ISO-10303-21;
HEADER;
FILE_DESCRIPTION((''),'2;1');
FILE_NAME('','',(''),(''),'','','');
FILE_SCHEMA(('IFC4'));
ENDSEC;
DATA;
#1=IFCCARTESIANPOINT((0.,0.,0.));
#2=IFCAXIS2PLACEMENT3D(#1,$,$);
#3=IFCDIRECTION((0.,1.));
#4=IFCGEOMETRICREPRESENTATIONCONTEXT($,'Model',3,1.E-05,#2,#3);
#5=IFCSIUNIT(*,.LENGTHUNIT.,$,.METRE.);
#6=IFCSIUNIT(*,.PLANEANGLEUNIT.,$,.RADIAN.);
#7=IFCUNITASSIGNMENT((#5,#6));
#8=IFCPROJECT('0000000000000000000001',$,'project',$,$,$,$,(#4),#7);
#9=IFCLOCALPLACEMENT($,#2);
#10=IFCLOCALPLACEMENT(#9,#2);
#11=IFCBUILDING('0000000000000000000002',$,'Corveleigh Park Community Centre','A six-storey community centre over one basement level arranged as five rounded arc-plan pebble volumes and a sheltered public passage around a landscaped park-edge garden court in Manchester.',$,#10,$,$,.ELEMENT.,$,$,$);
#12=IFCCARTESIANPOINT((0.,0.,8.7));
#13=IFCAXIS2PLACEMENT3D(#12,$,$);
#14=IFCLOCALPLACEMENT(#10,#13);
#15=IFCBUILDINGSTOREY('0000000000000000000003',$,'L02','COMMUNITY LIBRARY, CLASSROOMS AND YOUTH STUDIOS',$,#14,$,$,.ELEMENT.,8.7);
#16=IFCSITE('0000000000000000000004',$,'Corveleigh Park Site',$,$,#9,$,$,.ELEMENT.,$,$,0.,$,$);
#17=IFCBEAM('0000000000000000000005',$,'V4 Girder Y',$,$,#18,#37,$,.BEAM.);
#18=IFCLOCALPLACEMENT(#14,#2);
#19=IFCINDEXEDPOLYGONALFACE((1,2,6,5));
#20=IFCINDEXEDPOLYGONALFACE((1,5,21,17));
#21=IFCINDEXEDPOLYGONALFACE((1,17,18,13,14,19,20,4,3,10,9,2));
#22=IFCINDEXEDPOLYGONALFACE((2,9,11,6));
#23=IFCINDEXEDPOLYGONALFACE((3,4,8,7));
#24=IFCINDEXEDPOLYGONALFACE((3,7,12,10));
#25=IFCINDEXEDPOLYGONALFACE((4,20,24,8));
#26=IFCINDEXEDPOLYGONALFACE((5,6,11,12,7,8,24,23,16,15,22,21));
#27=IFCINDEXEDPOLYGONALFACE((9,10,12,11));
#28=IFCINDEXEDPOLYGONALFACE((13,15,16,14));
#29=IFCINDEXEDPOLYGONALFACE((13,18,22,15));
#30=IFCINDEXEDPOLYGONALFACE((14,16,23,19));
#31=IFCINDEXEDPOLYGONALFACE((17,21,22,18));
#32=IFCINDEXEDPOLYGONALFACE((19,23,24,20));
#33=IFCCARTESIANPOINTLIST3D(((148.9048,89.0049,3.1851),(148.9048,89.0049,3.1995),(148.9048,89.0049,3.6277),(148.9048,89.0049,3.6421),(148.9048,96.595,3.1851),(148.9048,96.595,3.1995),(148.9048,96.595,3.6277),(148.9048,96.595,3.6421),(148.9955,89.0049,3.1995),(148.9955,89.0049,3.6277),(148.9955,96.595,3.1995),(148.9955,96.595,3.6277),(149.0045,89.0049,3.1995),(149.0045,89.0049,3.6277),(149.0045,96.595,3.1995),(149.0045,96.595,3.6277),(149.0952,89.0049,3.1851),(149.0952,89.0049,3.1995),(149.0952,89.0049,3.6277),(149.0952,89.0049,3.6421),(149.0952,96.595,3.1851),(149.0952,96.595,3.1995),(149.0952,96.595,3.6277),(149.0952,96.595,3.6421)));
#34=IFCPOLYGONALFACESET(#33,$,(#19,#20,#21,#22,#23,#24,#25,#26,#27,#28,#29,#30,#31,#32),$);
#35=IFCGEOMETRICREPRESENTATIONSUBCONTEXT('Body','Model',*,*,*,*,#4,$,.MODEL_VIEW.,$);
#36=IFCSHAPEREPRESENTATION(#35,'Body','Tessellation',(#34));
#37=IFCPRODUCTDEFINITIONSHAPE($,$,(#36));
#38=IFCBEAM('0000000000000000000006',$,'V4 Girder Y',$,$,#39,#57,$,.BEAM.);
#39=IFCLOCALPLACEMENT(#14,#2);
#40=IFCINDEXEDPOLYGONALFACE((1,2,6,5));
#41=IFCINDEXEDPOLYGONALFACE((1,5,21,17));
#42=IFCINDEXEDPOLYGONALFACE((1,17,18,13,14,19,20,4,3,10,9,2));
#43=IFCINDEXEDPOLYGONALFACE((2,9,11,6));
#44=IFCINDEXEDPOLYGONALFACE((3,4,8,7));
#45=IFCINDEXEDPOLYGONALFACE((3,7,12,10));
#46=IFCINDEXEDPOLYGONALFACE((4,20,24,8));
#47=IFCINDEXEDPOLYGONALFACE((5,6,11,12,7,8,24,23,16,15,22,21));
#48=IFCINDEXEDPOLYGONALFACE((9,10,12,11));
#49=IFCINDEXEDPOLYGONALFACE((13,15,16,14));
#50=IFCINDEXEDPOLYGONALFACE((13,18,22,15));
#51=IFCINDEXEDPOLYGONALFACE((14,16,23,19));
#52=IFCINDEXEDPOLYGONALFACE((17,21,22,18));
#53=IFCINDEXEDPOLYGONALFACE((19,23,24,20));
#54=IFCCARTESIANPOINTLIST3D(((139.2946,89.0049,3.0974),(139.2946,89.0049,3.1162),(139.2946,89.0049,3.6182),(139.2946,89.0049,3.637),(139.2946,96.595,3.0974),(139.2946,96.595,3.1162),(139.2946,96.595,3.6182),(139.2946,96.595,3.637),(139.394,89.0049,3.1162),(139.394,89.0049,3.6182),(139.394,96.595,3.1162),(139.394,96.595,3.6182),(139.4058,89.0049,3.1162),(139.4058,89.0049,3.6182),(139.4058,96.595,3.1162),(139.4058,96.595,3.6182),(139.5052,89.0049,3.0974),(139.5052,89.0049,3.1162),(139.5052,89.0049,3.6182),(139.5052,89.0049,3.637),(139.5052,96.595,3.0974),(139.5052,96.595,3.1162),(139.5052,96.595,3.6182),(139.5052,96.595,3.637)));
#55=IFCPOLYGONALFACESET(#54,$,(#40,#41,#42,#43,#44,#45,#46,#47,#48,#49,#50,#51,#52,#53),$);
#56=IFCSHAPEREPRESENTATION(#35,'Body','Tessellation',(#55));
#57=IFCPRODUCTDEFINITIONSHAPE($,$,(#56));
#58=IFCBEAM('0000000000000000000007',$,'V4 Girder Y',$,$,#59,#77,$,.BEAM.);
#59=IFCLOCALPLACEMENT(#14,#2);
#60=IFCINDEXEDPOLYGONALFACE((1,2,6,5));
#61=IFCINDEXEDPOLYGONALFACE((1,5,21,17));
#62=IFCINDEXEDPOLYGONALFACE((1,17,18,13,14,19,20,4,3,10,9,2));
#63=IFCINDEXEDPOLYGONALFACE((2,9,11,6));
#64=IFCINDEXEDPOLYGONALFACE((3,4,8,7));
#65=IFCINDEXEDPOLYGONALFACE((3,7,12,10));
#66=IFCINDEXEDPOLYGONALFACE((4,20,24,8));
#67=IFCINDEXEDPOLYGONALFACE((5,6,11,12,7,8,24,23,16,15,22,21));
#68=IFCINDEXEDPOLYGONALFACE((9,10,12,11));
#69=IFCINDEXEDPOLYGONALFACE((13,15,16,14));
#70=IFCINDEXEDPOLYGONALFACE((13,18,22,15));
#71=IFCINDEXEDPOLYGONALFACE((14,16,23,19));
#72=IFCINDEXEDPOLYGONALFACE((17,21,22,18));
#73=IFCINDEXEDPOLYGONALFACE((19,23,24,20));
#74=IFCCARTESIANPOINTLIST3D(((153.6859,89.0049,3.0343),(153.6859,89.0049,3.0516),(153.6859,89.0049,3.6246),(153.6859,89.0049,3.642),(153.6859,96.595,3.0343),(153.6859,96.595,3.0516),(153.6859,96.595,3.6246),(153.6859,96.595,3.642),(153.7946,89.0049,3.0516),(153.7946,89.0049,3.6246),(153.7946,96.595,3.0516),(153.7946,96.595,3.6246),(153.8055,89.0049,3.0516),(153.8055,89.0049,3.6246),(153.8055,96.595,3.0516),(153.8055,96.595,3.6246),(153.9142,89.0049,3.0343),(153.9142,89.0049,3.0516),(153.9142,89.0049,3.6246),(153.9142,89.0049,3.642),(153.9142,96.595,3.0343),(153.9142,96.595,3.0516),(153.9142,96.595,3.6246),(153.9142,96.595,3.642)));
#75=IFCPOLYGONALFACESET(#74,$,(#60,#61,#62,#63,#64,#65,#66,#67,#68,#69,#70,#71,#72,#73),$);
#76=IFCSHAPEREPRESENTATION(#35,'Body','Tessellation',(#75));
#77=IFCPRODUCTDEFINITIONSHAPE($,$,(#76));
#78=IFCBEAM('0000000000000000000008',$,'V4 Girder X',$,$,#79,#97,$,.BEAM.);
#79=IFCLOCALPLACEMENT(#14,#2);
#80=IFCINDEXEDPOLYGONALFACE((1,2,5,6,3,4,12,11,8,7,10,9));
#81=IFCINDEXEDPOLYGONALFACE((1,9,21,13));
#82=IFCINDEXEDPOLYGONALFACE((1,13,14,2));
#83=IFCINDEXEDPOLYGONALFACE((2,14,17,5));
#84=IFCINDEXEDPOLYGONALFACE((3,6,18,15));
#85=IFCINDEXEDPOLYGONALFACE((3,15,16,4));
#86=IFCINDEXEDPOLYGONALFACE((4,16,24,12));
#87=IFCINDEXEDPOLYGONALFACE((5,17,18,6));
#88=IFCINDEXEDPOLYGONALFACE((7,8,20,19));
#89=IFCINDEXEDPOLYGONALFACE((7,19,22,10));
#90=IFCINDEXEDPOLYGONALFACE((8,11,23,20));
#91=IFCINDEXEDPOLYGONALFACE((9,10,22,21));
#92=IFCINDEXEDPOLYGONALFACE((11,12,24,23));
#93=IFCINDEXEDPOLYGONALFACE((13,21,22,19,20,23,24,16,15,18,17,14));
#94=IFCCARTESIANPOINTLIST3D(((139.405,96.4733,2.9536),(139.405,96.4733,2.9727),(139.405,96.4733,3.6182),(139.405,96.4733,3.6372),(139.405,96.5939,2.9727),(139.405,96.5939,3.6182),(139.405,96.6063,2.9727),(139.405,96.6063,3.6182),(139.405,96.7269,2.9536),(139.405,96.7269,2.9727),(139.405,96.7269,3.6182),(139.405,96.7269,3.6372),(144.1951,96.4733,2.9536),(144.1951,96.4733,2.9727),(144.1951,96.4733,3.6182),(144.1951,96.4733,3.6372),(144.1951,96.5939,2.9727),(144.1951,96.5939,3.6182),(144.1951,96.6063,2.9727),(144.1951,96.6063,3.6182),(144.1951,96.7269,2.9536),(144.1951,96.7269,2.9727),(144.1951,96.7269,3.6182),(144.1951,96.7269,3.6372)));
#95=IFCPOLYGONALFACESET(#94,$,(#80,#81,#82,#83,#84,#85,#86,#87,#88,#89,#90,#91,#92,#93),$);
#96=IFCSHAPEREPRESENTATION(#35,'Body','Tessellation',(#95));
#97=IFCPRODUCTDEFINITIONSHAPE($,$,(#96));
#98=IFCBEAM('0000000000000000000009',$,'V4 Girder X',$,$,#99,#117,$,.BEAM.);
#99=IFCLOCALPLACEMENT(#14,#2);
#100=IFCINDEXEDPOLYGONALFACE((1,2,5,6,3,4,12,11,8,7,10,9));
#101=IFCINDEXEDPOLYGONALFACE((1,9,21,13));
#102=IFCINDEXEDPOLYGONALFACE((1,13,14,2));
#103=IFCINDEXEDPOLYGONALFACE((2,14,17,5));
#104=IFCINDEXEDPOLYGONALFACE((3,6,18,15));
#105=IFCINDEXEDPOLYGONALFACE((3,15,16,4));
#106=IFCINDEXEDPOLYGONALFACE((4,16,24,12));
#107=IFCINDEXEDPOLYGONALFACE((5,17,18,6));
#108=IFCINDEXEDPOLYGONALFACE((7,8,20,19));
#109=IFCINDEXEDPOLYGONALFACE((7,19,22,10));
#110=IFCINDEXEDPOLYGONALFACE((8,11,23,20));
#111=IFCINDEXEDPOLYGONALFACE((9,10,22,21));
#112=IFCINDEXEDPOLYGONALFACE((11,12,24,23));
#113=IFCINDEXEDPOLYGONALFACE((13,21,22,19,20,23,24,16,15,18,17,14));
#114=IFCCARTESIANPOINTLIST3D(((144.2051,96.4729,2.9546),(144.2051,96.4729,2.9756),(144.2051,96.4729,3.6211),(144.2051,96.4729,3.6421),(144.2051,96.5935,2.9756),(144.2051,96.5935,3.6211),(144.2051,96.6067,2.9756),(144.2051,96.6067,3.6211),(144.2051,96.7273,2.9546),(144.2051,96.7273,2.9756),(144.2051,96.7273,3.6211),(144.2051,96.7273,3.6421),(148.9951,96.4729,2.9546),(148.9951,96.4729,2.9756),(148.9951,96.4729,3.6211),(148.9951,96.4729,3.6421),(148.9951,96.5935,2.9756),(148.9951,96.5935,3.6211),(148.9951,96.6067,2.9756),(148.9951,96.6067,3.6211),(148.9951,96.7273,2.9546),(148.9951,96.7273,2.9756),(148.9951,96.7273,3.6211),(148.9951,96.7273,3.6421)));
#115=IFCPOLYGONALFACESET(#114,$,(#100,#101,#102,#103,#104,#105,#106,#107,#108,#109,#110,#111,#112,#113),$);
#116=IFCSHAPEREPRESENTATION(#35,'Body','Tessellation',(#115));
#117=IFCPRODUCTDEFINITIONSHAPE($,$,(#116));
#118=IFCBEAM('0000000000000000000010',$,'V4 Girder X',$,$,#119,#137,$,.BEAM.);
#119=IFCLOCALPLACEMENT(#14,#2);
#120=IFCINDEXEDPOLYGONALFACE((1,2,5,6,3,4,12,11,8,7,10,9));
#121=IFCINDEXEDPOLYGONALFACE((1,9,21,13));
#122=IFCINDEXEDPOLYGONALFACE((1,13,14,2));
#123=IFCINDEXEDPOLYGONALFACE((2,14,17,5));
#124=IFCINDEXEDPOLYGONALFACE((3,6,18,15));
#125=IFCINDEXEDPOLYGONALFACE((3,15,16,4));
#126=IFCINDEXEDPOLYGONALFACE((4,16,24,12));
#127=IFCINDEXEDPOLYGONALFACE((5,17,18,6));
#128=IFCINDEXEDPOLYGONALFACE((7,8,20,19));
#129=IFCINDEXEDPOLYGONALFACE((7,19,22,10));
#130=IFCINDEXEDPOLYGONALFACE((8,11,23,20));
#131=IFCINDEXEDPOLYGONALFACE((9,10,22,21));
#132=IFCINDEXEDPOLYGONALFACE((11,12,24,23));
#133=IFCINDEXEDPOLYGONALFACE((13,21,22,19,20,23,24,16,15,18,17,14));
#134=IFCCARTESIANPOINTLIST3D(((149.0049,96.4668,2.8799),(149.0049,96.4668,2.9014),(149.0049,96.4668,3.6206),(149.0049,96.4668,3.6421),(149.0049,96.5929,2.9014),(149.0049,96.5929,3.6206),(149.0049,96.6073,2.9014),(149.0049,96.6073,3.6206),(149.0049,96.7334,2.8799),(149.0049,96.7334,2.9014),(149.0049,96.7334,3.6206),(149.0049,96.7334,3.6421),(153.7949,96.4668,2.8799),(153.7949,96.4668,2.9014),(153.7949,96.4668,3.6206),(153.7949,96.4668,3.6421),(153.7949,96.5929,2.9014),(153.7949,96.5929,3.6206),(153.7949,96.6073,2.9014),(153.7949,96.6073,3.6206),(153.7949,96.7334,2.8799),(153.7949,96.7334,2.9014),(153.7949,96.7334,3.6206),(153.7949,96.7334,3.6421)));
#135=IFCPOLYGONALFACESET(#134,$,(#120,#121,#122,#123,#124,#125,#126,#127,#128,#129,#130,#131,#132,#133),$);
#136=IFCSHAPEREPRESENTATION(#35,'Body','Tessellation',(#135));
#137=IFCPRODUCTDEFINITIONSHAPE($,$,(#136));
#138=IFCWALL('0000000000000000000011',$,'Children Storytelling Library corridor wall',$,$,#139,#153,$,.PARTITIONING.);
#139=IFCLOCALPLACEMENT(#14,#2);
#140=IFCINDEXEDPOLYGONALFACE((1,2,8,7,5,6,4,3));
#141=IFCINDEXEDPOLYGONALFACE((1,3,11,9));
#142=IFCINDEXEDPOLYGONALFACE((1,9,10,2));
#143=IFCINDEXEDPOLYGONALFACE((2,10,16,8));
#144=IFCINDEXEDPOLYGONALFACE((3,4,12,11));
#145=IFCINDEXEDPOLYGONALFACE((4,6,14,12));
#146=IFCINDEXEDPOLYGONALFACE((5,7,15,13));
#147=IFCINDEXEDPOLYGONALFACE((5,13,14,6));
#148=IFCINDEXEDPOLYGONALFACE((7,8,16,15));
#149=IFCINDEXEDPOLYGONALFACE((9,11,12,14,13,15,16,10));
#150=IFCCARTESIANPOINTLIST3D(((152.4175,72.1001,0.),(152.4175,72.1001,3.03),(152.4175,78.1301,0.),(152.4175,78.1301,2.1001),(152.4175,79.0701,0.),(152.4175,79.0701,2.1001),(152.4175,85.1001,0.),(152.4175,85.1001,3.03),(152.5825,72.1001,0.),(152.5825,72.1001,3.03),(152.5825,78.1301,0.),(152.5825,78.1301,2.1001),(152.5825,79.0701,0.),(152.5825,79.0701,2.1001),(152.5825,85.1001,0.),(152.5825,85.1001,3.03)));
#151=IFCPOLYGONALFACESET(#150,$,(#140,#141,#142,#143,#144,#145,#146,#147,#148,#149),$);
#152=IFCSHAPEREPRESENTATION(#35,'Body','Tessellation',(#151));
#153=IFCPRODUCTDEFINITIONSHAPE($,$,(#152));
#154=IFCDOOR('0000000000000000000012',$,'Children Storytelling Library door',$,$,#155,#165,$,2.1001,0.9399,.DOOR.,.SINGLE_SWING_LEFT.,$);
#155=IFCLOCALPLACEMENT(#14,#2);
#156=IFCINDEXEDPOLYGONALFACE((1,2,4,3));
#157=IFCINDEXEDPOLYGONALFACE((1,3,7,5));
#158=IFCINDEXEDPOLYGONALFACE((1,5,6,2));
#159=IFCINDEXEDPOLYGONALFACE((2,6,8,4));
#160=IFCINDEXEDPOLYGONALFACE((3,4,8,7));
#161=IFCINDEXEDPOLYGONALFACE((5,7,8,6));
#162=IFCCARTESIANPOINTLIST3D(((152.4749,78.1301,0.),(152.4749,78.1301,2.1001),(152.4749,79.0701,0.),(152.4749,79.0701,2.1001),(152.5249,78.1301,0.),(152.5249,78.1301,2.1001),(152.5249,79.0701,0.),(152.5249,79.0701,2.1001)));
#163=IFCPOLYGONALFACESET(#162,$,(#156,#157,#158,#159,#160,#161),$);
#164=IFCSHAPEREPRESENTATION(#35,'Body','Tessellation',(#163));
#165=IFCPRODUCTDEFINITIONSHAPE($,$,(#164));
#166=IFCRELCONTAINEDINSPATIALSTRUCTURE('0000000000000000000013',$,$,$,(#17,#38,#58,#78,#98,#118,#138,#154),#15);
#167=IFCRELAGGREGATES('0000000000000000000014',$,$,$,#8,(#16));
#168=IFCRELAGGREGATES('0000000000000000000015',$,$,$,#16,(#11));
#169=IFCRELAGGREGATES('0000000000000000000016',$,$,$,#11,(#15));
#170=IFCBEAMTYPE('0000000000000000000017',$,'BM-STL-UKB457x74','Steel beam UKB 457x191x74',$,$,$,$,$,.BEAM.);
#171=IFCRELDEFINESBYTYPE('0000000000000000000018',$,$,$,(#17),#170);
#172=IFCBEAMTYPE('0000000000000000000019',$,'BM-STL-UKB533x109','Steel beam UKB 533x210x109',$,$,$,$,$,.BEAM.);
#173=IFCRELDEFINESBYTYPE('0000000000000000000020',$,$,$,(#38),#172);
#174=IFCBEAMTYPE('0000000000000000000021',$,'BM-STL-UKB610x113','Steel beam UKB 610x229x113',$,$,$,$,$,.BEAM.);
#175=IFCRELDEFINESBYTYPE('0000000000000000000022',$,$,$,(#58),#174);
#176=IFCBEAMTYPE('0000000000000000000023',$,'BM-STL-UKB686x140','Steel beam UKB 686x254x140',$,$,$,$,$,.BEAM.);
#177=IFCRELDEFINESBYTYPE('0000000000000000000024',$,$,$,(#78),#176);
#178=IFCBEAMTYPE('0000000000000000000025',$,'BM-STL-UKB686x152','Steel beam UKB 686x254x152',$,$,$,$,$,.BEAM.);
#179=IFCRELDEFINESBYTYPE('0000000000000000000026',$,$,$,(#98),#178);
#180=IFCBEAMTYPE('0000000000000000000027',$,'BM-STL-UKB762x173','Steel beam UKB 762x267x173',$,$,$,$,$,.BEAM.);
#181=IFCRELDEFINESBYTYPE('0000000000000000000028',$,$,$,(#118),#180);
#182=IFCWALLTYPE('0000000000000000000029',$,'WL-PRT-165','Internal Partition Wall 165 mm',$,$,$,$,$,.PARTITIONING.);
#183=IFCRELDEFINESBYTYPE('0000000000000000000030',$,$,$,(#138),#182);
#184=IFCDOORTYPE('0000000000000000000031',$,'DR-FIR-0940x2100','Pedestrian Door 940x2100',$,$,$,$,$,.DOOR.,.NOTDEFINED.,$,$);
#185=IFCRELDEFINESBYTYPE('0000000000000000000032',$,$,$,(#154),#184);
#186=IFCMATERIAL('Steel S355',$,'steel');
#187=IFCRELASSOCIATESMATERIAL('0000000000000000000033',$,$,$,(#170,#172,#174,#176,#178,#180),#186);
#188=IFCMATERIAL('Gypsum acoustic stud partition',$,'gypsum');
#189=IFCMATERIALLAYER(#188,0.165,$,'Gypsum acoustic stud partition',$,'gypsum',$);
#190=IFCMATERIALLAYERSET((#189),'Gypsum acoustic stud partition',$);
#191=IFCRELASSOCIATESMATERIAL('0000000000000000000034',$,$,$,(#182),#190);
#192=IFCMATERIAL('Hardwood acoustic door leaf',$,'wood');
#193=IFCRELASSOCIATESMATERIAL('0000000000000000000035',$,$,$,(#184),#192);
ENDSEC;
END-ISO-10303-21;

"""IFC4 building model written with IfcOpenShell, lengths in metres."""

from ifc_helpers import new_model, si_unit, direction, frame, frame_2d, origin, origin_2d, place, context, subcontext, project, spatial, rectangle, i_section, extrude, material, layer, layer_set, material_profile, profile_set, type_object, element, fill, save


model = new_model("IFC4")

# Units and contexts
model_context = context("Model", 3, precision=1e-05, world=origin(), true_north=direction((0.0, 1.0)))
body_context = subcontext(model_context, "Body", "Model", "MODEL_VIEW")
ifc_project = project(units=[si_unit("LENGTHUNIT", "METRE"), si_unit("PLANEANGLEUNIT", "RADIAN")], contexts=[model_context])

# Site, building, storey
site_placement = place(None, origin())
site = spatial("IfcSite", under=ifc_project, at=site_placement, Name="Corveleigh Park Site", CompositionType="ELEMENT", RefElevation=0.0)
building_placement = place(site_placement, origin())
building = spatial("IfcBuilding", under=site, at=building_placement, Name="Corveleigh Park Community Centre", Description="A six-storey community centre over one basement level arranged as five rounded arc-plan pebble volumes and a sheltered public passage around a landscaped park-edge garden court in Manchester.", CompositionType="ELEMENT")
storey_placement = place(building_placement, frame((0.0, 0.0, 8.7)))
storey = spatial("IfcBuildingStorey", under=building, at=storey_placement, Name="L02", Description="COMMUNITY LIBRARY, CLASSROOMS AND YOUTH STUDIOS", CompositionType="ELEMENT", Elevation=8.7)

# Shared definitions
ifc_material_1 = material(Name="Steel S355", Category="steel")

# Beams
ifc_material_profile_1 = material_profile(ifc_material_1, i_section(OverallWidth=0.1904, OverallDepth=0.457, WebThickness=0.009, FlangeThickness=0.0144, at=origin_2d()), Name="UKB 457x191x74", Category="steel")
ifc_profile_set_1 = profile_set([ifc_material_profile_1], Name="Steel S355")
beam_type_1 = type_object("IfcBeamType", Name="BM-STL-UKB457x74", Description="Steel beam UKB 457x191x74", PredefinedType="BEAM", material=ifc_profile_set_1)
beam_1_placement = place(storey_placement, frame((149.0, 89.0049, 3.4136), z_axis=(0.0, 1.0, 0.0), x_axis=(-1.0, 0.0, 0.0)))
element("IfcBeam", 1, at=beam_1_placement, inside=storey, type_object=beam_type_1, Name="V4 Girder Y", PredefinedType="BEAM", context=body_context, shape_type="SweptSolid", body=[
    extrude(i_section(OverallWidth=0.1904, OverallDepth=0.457, WebThickness=0.009, FlangeThickness=0.0144, at=origin_2d()), origin(), (0.0, 0.0, 1.0), 7.5901),
])
ifc_material_profile_2 = material_profile(ifc_material_1, i_section(OverallWidth=0.2107, OverallDepth=0.5396, WebThickness=0.0117, FlangeThickness=0.0188, at=origin_2d()), Name="UKB 533x210x109", Category="steel")
ifc_profile_set_2 = profile_set([ifc_material_profile_2], Name="Steel S355")
beam_type_2 = type_object("IfcBeamType", Name="BM-STL-UKB533x109", Description="Steel beam UKB 533x210x109", PredefinedType="BEAM", material=ifc_profile_set_2)
beam_2_placement = place(storey_placement, frame((139.3999, 89.0049, 3.3672), z_axis=(0.0, 1.0, 0.0), x_axis=(-1.0, 0.0, 0.0)))
element("IfcBeam", 2, at=beam_2_placement, inside=storey, type_object=beam_type_2, Name="V4 Girder Y", PredefinedType="BEAM", context=body_context, shape_type="SweptSolid", body=[
    extrude(i_section(OverallWidth=0.2107, OverallDepth=0.5396, WebThickness=0.0117, FlangeThickness=0.0188, at=origin_2d()), origin(), (0.0, 0.0, 1.0), 7.5901),
])
ifc_material_profile_3 = material_profile(ifc_material_1, i_section(OverallWidth=0.2283, OverallDepth=0.6077, WebThickness=0.011, FlangeThickness=0.0173, at=origin_2d()), Name="UKB 610x229x113", Category="steel")
ifc_profile_set_3 = profile_set([ifc_material_profile_3], Name="Steel S355")
beam_type_3 = type_object("IfcBeamType", Name="BM-STL-UKB610x113", Description="Steel beam UKB 610x229x113", PredefinedType="BEAM", material=ifc_profile_set_3)
beam_3_placement = place(storey_placement, frame((153.8, 89.0049, 3.3381), z_axis=(0.0, 1.0, 0.0), x_axis=(-1.0, 0.0, 0.0)))
element("IfcBeam", 3, at=beam_3_placement, inside=storey, type_object=beam_type_3, Name="V4 Girder Y", PredefinedType="BEAM", context=body_context, shape_type="SweptSolid", body=[
    extrude(i_section(OverallWidth=0.2283, OverallDepth=0.6077, WebThickness=0.011, FlangeThickness=0.0173, at=origin_2d()), origin(), (0.0, 0.0, 1.0), 7.5901),
])
ifc_material_profile_4 = material_profile(ifc_material_1, i_section(OverallWidth=0.2537, OverallDepth=0.6836, WebThickness=0.0125, FlangeThickness=0.019, at=origin_2d()), Name="UKB 686x254x140", Category="steel")
ifc_profile_set_4 = profile_set([ifc_material_profile_4], Name="Steel S355")
beam_type_4 = type_object("IfcBeamType", Name="BM-STL-UKB686x140", Description="Steel beam UKB 686x254x140", PredefinedType="BEAM", material=ifc_profile_set_4)
beam_4_placement = place(storey_placement, frame((139.405, 96.6001, 3.2954), z_axis=(1.0, 0.0, 0.0), x_axis=(0.0, 1.0, 0.0)))
element("IfcBeam", 4, at=beam_4_placement, inside=storey, type_object=beam_type_4, Name="V4 Girder X", PredefinedType="BEAM", context=body_context, shape_type="SweptSolid", body=[
    extrude(i_section(OverallWidth=0.2537, OverallDepth=0.6836, WebThickness=0.0125, FlangeThickness=0.019, at=origin_2d()), origin(), (0.0, 0.0, 1.0), 4.79),
])
ifc_material_profile_5 = material_profile(ifc_material_1, i_section(OverallWidth=0.2544, OverallDepth=0.6875, WebThickness=0.0132, FlangeThickness=0.021, at=origin_2d()), Name="UKB 686x254x152", Category="steel")
ifc_profile_set_5 = profile_set([ifc_material_profile_5], Name="Steel S355")
beam_type_5 = type_object("IfcBeamType", Name="BM-STL-UKB686x152", Description="Steel beam UKB 686x254x152", PredefinedType="BEAM", material=ifc_profile_set_5)
beam_5_placement = place(storey_placement, frame((144.2051, 96.6001, 3.2983), z_axis=(1.0, 0.0, 0.0), x_axis=(0.0, 1.0, 0.0)))
element("IfcBeam", 5, at=beam_5_placement, inside=storey, type_object=beam_type_5, Name="V4 Girder X", PredefinedType="BEAM", context=body_context, shape_type="SweptSolid", body=[
    extrude(i_section(OverallWidth=0.2544, OverallDepth=0.6875, WebThickness=0.0132, FlangeThickness=0.021, at=origin_2d()), origin(), (0.0, 0.0, 1.0), 4.79),
])
ifc_material_profile_6 = material_profile(ifc_material_1, i_section(OverallWidth=0.2666, OverallDepth=0.7622, WebThickness=0.0144, FlangeThickness=0.0215, at=origin_2d()), Name="UKB 762x267x173", Category="steel")
ifc_profile_set_6 = profile_set([ifc_material_profile_6], Name="Steel S355")
beam_type_6 = type_object("IfcBeamType", Name="BM-STL-UKB762x173", Description="Steel beam UKB 762x267x173", PredefinedType="BEAM", material=ifc_profile_set_6)
beam_6_placement = place(storey_placement, frame((149.0049, 96.6001, 3.261), z_axis=(1.0, 0.0, 0.0), x_axis=(0.0, 1.0, 0.0)))
element("IfcBeam", 6, at=beam_6_placement, inside=storey, type_object=beam_type_6, Name="V4 Girder X", PredefinedType="BEAM", context=body_context, shape_type="SweptSolid", body=[
    extrude(i_section(OverallWidth=0.2666, OverallDepth=0.7622, WebThickness=0.0144, FlangeThickness=0.0215, at=origin_2d()), origin(), (0.0, 0.0, 1.0), 4.79),
])

# Wall, opening, door
ifc_material_2 = material(Name="Gypsum acoustic stud partition", Category="gypsum")
ifc_layer_1 = layer(ifc_material_2, 0.165, Name="Gypsum acoustic stud partition", Category="gypsum")
ifc_layer_set_1 = layer_set([ifc_layer_1], Name="Gypsum acoustic stud partition")
wall_type_1 = type_object("IfcWallType", Name="WL-PRT-165", Description="Internal Partition Wall 165 mm", PredefinedType="PARTITIONING", material=ifc_layer_set_1)
wall_1_placement = place(storey_placement, frame((152.5, 85.1001, 0.0), z_axis=(0.0, 0.0, 1.0), x_axis=(0.0, -1.0, 0.0)))
wall_1 = element("IfcWall", 7, at=wall_1_placement, inside=storey, type_object=wall_type_1, Name="Children Storytelling Library corridor wall", PredefinedType="PARTITIONING", context=body_context, shape_type="SweptSolid", body=[
    extrude(rectangle(XDim=13.0, YDim=0.165, at=frame_2d((6.5, 0.0))), origin(), (0.0, 0.0, 1.0), 3.03),
])
opening_1_placement = place(wall_1_placement, frame((6.03, 0.0, 0.0)))
opening_1 = element("IfcOpeningElement", 8, at=opening_1_placement, cuts=wall_1, PredefinedType="OPENING", context=body_context, shape_type="SweptSolid", body=[
    extrude(rectangle(XDim=0.9399, YDim=2.1001, at=frame_2d((0.47, 1.05))), frame((0.0, 0.0925, 0.0), z_axis=(0.0, -1.0, 0.0), x_axis=(1.0, 0.0, 0.0)), (0.0, 0.0, 1.0), 0.1851),
])
ifc_material_3 = material(Name="Hardwood acoustic door leaf", Category="wood")
door_type_1 = type_object("IfcDoorType", Name="DR-FIR-0940x2100", Description="Pedestrian Door 940x2100", OperationType="NOTDEFINED", PredefinedType="DOOR", material=ifc_material_3)
door_1_placement = place(opening_1_placement, origin())
door_1 = element("IfcDoor", 9, at=door_1_placement, inside=storey, type_object=door_type_1, Name="Children Storytelling Library door", OperationType="SINGLE_SWING_LEFT", OverallHeight=2.1001, OverallWidth=0.9399, PredefinedType="DOOR", context=body_context, shape_type="SweptSolid", body=[
    extrude(rectangle(XDim=0.9399, YDim=2.1001, at=frame_2d((0.47, 1.05))), frame((0.0, 0.0249, 0.0), z_axis=(0.0, -1.0, 0.0), x_axis=(1.0, 0.0, 0.0)), (0.0, 0.0, 1.0), 0.05),
])
fill(opening_1, door_1)

save(model, "model.ifc")
